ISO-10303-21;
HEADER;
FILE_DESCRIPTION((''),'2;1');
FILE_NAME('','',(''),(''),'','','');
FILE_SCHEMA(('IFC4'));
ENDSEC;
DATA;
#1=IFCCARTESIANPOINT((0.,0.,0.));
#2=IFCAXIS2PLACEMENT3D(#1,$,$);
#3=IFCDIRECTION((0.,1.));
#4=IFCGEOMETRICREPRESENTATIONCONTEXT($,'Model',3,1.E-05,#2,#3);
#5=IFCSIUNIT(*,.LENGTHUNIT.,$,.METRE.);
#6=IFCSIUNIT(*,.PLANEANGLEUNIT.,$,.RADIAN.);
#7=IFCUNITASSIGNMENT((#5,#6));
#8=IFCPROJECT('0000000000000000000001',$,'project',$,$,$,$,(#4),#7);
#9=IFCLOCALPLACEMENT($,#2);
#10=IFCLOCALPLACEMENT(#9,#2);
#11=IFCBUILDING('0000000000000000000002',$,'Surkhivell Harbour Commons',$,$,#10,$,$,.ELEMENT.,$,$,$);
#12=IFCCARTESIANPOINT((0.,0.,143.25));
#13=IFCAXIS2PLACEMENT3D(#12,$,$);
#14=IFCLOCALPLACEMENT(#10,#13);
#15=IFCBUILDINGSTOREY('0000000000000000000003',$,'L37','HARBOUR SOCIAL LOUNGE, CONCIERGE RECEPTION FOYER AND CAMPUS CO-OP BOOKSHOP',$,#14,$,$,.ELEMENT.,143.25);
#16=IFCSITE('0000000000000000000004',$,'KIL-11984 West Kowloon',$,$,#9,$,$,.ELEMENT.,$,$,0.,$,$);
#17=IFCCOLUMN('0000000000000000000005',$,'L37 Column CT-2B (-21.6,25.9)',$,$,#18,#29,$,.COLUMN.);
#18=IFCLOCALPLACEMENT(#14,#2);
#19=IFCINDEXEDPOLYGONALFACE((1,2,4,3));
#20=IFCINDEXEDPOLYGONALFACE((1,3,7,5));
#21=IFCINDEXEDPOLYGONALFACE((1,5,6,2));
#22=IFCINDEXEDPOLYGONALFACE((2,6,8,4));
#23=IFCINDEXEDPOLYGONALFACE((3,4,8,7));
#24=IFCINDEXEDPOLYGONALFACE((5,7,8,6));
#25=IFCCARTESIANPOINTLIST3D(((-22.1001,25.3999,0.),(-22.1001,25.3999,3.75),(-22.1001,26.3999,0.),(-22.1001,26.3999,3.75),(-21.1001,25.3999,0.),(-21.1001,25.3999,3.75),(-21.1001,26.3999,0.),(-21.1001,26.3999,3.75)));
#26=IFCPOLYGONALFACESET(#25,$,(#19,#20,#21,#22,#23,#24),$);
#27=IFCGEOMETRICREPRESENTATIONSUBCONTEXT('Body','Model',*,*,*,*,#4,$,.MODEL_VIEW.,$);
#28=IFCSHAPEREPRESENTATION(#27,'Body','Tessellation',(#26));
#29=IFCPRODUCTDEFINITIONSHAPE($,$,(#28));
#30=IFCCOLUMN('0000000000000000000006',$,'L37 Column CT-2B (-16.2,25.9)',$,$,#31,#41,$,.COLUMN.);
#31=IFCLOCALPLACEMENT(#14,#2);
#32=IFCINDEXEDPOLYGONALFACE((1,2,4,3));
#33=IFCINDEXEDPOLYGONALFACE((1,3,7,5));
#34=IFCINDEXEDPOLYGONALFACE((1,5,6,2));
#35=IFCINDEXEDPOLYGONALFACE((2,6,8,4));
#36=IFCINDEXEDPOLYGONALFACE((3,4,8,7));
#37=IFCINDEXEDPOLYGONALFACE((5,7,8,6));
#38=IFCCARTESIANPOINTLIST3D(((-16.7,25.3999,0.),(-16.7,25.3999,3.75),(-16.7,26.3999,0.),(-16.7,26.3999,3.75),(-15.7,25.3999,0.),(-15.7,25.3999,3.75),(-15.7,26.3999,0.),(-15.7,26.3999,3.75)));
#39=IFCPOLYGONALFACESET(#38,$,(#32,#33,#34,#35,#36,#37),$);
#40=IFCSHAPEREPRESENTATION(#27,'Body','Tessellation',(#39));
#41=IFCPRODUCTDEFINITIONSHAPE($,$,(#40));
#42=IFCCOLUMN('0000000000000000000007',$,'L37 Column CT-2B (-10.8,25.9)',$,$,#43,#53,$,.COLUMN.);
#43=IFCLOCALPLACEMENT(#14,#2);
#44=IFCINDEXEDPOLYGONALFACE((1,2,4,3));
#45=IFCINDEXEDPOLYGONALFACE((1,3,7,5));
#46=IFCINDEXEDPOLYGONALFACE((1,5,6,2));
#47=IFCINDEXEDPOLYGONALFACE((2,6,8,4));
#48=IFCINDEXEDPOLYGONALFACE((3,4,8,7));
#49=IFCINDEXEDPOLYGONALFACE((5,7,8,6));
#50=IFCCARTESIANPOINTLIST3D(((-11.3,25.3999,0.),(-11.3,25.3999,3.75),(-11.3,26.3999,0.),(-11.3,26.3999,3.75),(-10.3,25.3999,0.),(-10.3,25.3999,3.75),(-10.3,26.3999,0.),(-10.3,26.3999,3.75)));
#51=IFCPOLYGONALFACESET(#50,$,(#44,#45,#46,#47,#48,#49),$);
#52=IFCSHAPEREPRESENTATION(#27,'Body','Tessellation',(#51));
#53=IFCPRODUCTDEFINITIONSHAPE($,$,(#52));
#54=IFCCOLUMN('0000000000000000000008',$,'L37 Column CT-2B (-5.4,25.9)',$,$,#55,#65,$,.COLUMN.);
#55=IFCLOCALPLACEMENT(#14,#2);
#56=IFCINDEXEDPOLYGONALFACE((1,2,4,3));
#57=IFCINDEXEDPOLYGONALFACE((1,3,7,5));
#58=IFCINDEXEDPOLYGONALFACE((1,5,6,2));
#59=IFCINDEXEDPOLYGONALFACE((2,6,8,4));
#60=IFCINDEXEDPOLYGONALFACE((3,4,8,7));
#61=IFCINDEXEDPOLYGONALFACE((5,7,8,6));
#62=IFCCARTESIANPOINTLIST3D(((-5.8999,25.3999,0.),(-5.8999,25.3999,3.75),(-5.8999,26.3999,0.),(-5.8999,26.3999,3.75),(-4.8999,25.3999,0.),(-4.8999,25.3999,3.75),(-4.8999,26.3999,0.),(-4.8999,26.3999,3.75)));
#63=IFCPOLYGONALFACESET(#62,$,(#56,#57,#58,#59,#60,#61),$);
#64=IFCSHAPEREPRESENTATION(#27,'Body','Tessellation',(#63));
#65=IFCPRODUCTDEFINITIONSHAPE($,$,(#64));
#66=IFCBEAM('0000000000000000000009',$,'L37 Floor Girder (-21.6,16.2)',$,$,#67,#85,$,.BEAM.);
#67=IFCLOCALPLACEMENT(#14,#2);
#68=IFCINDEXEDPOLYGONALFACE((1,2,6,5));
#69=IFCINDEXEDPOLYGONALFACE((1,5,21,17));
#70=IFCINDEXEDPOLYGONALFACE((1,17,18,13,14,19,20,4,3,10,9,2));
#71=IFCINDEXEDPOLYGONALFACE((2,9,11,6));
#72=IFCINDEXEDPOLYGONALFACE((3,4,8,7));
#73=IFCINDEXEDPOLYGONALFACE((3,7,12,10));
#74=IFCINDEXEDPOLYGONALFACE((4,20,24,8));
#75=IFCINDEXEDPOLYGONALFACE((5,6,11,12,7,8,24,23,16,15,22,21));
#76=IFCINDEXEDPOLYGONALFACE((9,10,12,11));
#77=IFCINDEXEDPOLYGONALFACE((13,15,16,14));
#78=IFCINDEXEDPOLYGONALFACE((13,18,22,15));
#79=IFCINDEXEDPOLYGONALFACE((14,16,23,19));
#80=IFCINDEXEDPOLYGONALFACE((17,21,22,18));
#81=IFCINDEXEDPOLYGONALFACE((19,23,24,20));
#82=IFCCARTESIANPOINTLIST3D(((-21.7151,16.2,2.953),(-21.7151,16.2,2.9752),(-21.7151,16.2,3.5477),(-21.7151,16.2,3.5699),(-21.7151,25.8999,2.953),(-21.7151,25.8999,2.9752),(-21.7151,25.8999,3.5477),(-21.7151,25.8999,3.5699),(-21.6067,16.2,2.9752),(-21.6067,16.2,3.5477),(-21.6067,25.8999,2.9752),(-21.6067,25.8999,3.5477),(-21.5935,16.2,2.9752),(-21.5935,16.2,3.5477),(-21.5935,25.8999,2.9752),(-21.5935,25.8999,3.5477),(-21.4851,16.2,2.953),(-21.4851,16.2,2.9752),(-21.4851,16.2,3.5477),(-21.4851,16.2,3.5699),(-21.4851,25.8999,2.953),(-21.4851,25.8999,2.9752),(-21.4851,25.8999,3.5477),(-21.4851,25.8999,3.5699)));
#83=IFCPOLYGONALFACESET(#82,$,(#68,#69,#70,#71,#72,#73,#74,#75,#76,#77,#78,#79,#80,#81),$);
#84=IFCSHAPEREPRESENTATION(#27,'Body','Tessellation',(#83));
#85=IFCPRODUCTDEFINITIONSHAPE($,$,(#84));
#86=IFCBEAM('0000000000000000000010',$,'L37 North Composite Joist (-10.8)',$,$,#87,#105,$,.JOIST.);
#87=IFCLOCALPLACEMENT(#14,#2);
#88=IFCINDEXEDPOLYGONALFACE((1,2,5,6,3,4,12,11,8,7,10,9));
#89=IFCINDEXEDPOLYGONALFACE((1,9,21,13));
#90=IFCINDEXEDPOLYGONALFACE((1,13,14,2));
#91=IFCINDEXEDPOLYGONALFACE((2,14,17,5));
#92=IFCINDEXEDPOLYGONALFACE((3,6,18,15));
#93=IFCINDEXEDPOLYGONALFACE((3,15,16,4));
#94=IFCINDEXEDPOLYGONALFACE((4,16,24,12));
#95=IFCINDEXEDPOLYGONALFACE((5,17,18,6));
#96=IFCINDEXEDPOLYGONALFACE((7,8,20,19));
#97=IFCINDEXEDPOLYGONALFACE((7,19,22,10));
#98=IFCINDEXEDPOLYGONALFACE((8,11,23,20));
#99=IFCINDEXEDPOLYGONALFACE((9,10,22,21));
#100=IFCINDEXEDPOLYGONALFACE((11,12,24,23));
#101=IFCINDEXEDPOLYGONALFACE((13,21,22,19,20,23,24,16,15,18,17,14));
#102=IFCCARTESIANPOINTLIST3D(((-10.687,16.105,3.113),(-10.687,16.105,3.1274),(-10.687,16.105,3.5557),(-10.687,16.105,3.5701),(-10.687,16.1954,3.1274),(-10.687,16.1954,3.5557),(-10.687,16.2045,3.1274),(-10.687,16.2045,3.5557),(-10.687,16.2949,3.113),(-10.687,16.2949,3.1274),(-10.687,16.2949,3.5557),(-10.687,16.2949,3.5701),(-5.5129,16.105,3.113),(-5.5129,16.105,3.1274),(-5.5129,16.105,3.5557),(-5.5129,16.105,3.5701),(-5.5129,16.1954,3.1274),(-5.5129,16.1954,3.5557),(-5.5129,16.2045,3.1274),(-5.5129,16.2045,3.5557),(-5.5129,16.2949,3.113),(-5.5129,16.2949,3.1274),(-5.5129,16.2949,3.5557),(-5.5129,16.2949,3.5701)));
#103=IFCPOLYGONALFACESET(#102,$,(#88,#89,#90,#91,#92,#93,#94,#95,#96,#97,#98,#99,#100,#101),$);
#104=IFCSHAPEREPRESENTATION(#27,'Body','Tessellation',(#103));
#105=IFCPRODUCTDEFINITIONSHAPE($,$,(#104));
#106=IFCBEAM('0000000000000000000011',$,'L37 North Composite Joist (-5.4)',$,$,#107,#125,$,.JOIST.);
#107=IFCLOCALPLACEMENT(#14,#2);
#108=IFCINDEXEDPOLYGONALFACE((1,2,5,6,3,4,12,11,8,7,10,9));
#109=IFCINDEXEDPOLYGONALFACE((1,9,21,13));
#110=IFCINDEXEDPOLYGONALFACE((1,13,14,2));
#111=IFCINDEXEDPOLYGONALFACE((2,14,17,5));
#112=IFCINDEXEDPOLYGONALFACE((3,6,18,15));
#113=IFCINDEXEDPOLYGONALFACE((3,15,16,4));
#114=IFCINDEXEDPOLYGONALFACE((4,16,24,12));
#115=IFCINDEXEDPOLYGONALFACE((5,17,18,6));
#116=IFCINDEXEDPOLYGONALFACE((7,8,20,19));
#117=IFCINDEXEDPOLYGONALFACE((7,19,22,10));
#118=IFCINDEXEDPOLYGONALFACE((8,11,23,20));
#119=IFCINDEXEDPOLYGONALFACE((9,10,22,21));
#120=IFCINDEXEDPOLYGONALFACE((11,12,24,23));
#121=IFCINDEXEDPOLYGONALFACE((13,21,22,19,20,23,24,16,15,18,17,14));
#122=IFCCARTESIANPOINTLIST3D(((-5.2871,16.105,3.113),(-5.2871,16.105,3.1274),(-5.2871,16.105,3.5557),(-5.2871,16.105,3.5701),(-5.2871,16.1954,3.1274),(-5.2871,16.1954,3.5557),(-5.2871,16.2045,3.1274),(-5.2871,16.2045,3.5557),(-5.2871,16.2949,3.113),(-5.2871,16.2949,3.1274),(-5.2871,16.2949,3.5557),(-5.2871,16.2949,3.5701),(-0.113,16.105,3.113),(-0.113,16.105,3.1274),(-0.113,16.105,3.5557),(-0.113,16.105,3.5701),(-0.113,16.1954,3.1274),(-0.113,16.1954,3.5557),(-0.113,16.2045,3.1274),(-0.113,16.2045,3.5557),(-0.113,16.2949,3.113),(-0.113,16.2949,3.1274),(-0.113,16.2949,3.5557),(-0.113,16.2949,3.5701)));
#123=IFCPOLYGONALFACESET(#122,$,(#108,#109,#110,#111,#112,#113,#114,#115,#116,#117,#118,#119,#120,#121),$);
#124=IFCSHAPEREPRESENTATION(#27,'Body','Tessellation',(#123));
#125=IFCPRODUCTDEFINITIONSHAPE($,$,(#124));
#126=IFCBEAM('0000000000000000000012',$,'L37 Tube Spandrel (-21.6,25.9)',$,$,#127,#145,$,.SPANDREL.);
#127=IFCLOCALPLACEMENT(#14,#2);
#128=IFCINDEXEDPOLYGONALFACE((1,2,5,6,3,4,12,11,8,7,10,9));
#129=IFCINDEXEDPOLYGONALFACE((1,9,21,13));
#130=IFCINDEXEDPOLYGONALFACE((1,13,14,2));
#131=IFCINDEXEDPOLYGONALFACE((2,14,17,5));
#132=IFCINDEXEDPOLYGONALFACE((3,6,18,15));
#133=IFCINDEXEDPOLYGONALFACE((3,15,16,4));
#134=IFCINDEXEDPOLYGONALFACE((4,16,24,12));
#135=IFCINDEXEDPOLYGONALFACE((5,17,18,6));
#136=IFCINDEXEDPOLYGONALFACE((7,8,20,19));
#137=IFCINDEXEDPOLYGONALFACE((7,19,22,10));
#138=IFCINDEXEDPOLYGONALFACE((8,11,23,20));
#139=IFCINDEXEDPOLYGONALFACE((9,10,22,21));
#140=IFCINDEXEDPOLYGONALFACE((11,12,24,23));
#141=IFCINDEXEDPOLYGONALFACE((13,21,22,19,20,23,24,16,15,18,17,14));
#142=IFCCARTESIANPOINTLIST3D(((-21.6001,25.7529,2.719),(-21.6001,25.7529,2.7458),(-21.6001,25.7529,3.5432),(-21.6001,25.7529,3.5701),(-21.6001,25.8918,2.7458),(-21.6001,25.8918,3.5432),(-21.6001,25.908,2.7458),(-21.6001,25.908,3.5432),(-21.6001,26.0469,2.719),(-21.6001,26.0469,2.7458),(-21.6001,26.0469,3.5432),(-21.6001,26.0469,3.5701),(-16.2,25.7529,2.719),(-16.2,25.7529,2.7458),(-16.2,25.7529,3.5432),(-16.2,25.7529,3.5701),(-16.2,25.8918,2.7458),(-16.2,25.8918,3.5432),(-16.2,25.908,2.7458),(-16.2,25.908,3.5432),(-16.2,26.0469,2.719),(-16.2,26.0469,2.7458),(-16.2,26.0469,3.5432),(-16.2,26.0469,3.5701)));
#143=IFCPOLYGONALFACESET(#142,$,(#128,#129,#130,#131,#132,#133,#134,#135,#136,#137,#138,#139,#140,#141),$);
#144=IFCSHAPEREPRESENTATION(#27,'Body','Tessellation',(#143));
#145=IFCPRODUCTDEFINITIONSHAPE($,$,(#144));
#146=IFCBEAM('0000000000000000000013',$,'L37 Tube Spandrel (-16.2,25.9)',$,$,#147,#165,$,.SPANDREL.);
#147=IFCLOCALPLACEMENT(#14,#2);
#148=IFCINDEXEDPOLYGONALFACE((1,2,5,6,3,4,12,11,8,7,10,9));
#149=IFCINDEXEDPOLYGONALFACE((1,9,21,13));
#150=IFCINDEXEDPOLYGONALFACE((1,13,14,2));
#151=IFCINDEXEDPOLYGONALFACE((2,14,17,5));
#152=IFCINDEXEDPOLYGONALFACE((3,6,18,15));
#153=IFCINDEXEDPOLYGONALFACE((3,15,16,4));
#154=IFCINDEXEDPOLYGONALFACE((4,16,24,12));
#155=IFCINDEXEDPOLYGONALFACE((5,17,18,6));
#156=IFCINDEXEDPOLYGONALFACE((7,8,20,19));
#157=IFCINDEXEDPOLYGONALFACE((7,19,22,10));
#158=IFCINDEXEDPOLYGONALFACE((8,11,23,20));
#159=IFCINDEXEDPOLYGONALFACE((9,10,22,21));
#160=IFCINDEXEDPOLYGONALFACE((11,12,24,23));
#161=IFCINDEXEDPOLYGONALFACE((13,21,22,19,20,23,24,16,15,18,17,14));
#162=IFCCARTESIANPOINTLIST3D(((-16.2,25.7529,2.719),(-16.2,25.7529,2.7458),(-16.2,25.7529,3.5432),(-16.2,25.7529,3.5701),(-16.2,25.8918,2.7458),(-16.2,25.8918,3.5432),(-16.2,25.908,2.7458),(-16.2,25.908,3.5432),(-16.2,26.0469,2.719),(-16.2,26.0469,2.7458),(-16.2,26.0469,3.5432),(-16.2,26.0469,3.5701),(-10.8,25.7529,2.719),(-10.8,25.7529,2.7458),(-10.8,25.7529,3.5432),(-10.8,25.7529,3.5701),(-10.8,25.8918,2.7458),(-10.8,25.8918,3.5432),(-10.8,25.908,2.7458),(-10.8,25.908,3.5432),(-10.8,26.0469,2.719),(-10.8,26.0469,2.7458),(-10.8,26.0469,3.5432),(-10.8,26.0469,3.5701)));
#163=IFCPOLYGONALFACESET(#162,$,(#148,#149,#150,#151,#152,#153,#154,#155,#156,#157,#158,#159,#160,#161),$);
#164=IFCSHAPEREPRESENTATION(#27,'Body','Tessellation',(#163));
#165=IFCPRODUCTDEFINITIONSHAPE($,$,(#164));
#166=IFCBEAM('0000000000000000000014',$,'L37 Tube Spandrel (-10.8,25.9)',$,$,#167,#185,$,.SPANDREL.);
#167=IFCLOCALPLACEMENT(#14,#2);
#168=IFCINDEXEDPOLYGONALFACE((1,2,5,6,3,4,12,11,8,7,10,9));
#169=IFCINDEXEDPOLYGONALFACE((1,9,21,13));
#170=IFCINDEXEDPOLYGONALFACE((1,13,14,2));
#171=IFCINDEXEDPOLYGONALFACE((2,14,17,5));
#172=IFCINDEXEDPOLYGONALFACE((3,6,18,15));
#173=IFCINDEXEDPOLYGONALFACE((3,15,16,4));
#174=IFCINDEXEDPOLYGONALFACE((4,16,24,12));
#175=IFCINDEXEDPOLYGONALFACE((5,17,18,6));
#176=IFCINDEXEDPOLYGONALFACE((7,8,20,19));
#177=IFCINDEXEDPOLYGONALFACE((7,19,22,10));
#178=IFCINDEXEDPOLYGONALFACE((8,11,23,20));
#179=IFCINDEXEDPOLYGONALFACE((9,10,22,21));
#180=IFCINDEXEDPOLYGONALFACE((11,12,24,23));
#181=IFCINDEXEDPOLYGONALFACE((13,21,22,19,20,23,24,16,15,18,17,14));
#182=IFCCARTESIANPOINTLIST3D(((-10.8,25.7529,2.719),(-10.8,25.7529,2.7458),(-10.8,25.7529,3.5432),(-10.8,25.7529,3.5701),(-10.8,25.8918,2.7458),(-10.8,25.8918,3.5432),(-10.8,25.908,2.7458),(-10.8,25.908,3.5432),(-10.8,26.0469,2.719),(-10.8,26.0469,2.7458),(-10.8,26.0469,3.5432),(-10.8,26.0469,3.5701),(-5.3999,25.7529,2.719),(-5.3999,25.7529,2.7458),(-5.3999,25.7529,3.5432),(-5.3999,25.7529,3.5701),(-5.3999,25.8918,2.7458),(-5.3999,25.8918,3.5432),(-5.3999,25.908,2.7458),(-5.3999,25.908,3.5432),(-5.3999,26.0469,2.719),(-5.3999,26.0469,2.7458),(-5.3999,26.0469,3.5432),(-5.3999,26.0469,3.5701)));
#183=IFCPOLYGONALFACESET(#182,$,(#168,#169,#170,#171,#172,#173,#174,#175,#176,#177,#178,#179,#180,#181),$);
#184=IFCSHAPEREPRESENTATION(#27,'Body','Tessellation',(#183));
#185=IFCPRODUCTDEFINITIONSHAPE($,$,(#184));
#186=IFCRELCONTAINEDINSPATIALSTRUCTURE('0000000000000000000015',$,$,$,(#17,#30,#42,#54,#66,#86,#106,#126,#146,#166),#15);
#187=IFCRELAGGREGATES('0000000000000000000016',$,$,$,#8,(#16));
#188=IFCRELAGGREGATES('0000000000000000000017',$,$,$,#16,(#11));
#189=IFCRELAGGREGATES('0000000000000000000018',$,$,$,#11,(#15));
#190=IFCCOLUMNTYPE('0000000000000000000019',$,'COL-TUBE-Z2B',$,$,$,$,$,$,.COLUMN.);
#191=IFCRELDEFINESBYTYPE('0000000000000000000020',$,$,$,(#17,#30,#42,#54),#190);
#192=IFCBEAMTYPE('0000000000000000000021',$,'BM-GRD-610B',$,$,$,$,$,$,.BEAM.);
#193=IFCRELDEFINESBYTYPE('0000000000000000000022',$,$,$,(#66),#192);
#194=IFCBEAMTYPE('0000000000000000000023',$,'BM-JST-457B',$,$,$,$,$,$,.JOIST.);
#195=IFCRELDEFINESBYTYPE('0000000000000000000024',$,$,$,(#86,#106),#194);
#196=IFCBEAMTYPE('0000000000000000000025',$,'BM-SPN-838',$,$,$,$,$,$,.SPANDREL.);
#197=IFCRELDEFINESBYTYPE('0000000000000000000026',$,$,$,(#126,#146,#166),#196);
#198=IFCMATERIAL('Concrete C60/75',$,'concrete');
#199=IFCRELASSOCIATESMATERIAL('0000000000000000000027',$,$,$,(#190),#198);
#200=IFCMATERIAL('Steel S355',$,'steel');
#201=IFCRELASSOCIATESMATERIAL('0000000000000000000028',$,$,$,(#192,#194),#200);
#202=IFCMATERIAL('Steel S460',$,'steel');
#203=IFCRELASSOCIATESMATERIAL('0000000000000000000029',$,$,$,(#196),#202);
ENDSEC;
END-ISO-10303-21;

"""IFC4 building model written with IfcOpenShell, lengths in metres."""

from ifc_helpers import new_model, si_unit, direction, frame, origin, origin_2d, place, context, subcontext, project, spatial, rectangle, i_section, extrude, material, material_profile, profile_set, type_object, element, save


model = new_model("IFC4")

# Units and contexts
model_context = context("Model", 3, precision=1e-05, world=origin(), true_north=direction((0.0, 1.0)))
body_context = subcontext(model_context, "Body", "Model", "MODEL_VIEW")
ifc_project = project(units=[si_unit("LENGTHUNIT", "METRE"), si_unit("PLANEANGLEUNIT", "RADIAN")], contexts=[model_context])

# Site, building, storey
site_placement = place(None, origin())
site = spatial("IfcSite", under=ifc_project, at=site_placement, Name="KIL-11984 West Kowloon", CompositionType="ELEMENT", RefElevation=0.0)
building_placement = place(site_placement, origin())
building = spatial("IfcBuilding", under=site, at=building_placement, Name="Surkhivell Harbour Commons", CompositionType="ELEMENT")
storey_placement = place(building_placement, frame((0.0, 0.0, 143.25)))
storey = spatial("IfcBuildingStorey", under=building, at=storey_placement, Name="L37", Description="HARBOUR SOCIAL LOUNGE, CONCIERGE RECEPTION FOYER AND CAMPUS CO-OP BOOKSHOP", CompositionType="ELEMENT", Elevation=143.25)

# Columns
ifc_material_1 = material(Name="Concrete C60/75", Category="concrete")
ifc_material_profile_1 = material_profile(ifc_material_1, rectangle(XDim=1.0, YDim=1.0, at=origin_2d()), Name="RC-COL-1000x1000")
ifc_profile_set_1 = profile_set([ifc_material_profile_1], Name="Concrete C60/75")
column_type = type_object("IfcColumnType", Name="COL-TUBE-Z2B", PredefinedType="COLUMN", material=ifc_profile_set_1)
for number, where, z_axis, x_axis, name in (
    (1, (-21.6001, 25.8999, 0.0), (0.0, 0.0, 1.0), (1.0, 0.0, 0.0), "L37 Column CT-2B (-21.6,25.9)"),
    (2, (-16.2, 25.8999, 0.0), (0.0, 0.0, 1.0), (1.0, 0.0, 0.0), "L37 Column CT-2B (-16.2,25.9)"),
    (3, (-10.8, 25.8999, 0.0), (0.0, 0.0, 1.0), (1.0, 0.0, 0.0), "L37 Column CT-2B (-10.8,25.9)"),
    (4, (-5.3999, 25.8999, 0.0), (0.0, 0.0, 1.0), (1.0, 0.0, 0.0), "L37 Column CT-2B (-5.4,25.9)"),
):
    element("IfcColumn", number, at=place(storey_placement, frame(where, z_axis=z_axis, x_axis=x_axis)), inside=storey, type_object=column_type, Name=name, PredefinedType="COLUMN", context=body_context, shape_type="SweptSolid", body=[
        extrude(rectangle(XDim=1.0, YDim=1.0, at=origin_2d()), origin(), (0.0, 0.0, 1.0), 3.75),
    ])

# Beams
ifc_material_2 = material(Name="Steel S355", Category="steel")
ifc_material_profile_2 = material_profile(ifc_material_2, i_section(OverallWidth=0.23, OverallDepth=0.6169, WebThickness=0.0132, FlangeThickness=0.0222, at=origin_2d()), Name="UB610x229x140")
ifc_profile_set_2 = profile_set([ifc_material_profile_2], Name="Steel S355")
beam_type_1 = type_object("IfcBeamType", Name="BM-GRD-610B", PredefinedType="BEAM", material=ifc_profile_set_2)
beam_1_placement = place(storey_placement, frame((-21.6001, 16.2, 3.2615), z_axis=(0.0, 1.0, 0.0), x_axis=(-1.0, 0.0, 0.0)))
element("IfcBeam", 5, at=beam_1_placement, inside=storey, type_object=beam_type_1, Name="L37 Floor Girder (-21.6,16.2)", PredefinedType="BEAM", context=body_context, shape_type="SweptSolid", body=[
    extrude(i_section(OverallWidth=0.23, OverallDepth=0.6169, WebThickness=0.0132, FlangeThickness=0.0222, at=origin_2d()), origin(), (0.0, 0.0, 1.0), 9.7),
])
ifc_material_profile_3 = material_profile(ifc_material_2, i_section(OverallWidth=0.1899, OverallDepth=0.457, WebThickness=0.009, FlangeThickness=0.0144, at=origin_2d()), Name="UB457x191x74")
ifc_profile_set_3 = profile_set([ifc_material_profile_3], Name="Steel S355")
beam_type_2 = type_object("IfcBeamType", Name="BM-JST-457B", PredefinedType="JOIST", material=ifc_profile_set_3)
for number, where, z_axis, x_axis, name in (
    (6, (-10.687, 16.2, 3.3416), (1.0, 0.0, 0.0), (0.0, 1.0, 0.0), "L37 North Composite Joist (-10.8)"),
    (7, (-5.2871, 16.2, 3.3416), (1.0, 0.0, 0.0), (0.0, 1.0, 0.0), "L37 North Composite Joist (-5.4)"),
):
    element("IfcBeam", number, at=place(storey_placement, frame(where, z_axis=z_axis, x_axis=x_axis)), inside=storey, type_object=beam_type_2, Name=name, PredefinedType="JOIST", context=body_context, shape_type="SweptSolid", body=[
        extrude(i_section(OverallWidth=0.1899, OverallDepth=0.457, WebThickness=0.009, FlangeThickness=0.0144, at=origin_2d()), origin(), (0.0, 0.0, 1.0), 5.1741),
    ])
ifc_material_3 = material(Name="Steel S460", Category="steel")
ifc_material_profile_4 = material_profile(ifc_material_3, i_section(OverallWidth=0.2939, OverallDepth=0.8511, WebThickness=0.0161, FlangeThickness=0.0269, at=origin_2d()), Name="UB838x292x226")
ifc_profile_set_4 = profile_set([ifc_material_profile_4], Name="Steel S460")
beam_type_3 = type_object("IfcBeamType", Name="BM-SPN-838", PredefinedType="SPANDREL", material=ifc_profile_set_4)
beam_2_placement = place(storey_placement, frame((-21.6001, 25.8999, 3.1445), z_axis=(1.0, 0.0, 0.0), x_axis=(0.0, 1.0, 0.0)))
element("IfcBeam", 8, at=beam_2_placement, inside=storey, type_object=beam_type_3, Name="L37 Tube Spandrel (-21.6,25.9)", PredefinedType="SPANDREL", context=body_context, shape_type="SweptSolid", body=[
    extrude(i_section(OverallWidth=0.2939, OverallDepth=0.8511, WebThickness=0.0161, FlangeThickness=0.0269, at=origin_2d()), origin(), (0.0, 0.0, 1.0), 5.4001),
])
beam_3_placement = place(storey_placement, frame((-16.2, 25.8999, 3.1445), z_axis=(1.0, 0.0, 0.0), x_axis=(0.0, 1.0, 0.0)))
element("IfcBeam", 9, at=beam_3_placement, inside=storey, type_object=beam_type_3, Name="L37 Tube Spandrel (-16.2,25.9)", PredefinedType="SPANDREL", context=body_context, shape_type="SweptSolid", body=[
    extrude(i_section(OverallWidth=0.2939, OverallDepth=0.8511, WebThickness=0.0161, FlangeThickness=0.0269, at=origin_2d()), origin(), (0.0, 0.0, 1.0), 5.3999),
])
beam_4_placement = place(storey_placement, frame((-10.8, 25.8999, 3.1445), z_axis=(1.0, 0.0, 0.0), x_axis=(0.0, 1.0, 0.0)))
element("IfcBeam", 10, at=beam_4_placement, inside=storey, type_object=beam_type_3, Name="L37 Tube Spandrel (-10.8,25.9)", PredefinedType="SPANDREL", context=body_context, shape_type="SweptSolid", body=[
    extrude(i_section(OverallWidth=0.2939, OverallDepth=0.8511, WebThickness=0.0161, FlangeThickness=0.0269, at=origin_2d()), origin(), (0.0, 0.0, 1.0), 5.4001),
])

save(model, "model.ifc")
